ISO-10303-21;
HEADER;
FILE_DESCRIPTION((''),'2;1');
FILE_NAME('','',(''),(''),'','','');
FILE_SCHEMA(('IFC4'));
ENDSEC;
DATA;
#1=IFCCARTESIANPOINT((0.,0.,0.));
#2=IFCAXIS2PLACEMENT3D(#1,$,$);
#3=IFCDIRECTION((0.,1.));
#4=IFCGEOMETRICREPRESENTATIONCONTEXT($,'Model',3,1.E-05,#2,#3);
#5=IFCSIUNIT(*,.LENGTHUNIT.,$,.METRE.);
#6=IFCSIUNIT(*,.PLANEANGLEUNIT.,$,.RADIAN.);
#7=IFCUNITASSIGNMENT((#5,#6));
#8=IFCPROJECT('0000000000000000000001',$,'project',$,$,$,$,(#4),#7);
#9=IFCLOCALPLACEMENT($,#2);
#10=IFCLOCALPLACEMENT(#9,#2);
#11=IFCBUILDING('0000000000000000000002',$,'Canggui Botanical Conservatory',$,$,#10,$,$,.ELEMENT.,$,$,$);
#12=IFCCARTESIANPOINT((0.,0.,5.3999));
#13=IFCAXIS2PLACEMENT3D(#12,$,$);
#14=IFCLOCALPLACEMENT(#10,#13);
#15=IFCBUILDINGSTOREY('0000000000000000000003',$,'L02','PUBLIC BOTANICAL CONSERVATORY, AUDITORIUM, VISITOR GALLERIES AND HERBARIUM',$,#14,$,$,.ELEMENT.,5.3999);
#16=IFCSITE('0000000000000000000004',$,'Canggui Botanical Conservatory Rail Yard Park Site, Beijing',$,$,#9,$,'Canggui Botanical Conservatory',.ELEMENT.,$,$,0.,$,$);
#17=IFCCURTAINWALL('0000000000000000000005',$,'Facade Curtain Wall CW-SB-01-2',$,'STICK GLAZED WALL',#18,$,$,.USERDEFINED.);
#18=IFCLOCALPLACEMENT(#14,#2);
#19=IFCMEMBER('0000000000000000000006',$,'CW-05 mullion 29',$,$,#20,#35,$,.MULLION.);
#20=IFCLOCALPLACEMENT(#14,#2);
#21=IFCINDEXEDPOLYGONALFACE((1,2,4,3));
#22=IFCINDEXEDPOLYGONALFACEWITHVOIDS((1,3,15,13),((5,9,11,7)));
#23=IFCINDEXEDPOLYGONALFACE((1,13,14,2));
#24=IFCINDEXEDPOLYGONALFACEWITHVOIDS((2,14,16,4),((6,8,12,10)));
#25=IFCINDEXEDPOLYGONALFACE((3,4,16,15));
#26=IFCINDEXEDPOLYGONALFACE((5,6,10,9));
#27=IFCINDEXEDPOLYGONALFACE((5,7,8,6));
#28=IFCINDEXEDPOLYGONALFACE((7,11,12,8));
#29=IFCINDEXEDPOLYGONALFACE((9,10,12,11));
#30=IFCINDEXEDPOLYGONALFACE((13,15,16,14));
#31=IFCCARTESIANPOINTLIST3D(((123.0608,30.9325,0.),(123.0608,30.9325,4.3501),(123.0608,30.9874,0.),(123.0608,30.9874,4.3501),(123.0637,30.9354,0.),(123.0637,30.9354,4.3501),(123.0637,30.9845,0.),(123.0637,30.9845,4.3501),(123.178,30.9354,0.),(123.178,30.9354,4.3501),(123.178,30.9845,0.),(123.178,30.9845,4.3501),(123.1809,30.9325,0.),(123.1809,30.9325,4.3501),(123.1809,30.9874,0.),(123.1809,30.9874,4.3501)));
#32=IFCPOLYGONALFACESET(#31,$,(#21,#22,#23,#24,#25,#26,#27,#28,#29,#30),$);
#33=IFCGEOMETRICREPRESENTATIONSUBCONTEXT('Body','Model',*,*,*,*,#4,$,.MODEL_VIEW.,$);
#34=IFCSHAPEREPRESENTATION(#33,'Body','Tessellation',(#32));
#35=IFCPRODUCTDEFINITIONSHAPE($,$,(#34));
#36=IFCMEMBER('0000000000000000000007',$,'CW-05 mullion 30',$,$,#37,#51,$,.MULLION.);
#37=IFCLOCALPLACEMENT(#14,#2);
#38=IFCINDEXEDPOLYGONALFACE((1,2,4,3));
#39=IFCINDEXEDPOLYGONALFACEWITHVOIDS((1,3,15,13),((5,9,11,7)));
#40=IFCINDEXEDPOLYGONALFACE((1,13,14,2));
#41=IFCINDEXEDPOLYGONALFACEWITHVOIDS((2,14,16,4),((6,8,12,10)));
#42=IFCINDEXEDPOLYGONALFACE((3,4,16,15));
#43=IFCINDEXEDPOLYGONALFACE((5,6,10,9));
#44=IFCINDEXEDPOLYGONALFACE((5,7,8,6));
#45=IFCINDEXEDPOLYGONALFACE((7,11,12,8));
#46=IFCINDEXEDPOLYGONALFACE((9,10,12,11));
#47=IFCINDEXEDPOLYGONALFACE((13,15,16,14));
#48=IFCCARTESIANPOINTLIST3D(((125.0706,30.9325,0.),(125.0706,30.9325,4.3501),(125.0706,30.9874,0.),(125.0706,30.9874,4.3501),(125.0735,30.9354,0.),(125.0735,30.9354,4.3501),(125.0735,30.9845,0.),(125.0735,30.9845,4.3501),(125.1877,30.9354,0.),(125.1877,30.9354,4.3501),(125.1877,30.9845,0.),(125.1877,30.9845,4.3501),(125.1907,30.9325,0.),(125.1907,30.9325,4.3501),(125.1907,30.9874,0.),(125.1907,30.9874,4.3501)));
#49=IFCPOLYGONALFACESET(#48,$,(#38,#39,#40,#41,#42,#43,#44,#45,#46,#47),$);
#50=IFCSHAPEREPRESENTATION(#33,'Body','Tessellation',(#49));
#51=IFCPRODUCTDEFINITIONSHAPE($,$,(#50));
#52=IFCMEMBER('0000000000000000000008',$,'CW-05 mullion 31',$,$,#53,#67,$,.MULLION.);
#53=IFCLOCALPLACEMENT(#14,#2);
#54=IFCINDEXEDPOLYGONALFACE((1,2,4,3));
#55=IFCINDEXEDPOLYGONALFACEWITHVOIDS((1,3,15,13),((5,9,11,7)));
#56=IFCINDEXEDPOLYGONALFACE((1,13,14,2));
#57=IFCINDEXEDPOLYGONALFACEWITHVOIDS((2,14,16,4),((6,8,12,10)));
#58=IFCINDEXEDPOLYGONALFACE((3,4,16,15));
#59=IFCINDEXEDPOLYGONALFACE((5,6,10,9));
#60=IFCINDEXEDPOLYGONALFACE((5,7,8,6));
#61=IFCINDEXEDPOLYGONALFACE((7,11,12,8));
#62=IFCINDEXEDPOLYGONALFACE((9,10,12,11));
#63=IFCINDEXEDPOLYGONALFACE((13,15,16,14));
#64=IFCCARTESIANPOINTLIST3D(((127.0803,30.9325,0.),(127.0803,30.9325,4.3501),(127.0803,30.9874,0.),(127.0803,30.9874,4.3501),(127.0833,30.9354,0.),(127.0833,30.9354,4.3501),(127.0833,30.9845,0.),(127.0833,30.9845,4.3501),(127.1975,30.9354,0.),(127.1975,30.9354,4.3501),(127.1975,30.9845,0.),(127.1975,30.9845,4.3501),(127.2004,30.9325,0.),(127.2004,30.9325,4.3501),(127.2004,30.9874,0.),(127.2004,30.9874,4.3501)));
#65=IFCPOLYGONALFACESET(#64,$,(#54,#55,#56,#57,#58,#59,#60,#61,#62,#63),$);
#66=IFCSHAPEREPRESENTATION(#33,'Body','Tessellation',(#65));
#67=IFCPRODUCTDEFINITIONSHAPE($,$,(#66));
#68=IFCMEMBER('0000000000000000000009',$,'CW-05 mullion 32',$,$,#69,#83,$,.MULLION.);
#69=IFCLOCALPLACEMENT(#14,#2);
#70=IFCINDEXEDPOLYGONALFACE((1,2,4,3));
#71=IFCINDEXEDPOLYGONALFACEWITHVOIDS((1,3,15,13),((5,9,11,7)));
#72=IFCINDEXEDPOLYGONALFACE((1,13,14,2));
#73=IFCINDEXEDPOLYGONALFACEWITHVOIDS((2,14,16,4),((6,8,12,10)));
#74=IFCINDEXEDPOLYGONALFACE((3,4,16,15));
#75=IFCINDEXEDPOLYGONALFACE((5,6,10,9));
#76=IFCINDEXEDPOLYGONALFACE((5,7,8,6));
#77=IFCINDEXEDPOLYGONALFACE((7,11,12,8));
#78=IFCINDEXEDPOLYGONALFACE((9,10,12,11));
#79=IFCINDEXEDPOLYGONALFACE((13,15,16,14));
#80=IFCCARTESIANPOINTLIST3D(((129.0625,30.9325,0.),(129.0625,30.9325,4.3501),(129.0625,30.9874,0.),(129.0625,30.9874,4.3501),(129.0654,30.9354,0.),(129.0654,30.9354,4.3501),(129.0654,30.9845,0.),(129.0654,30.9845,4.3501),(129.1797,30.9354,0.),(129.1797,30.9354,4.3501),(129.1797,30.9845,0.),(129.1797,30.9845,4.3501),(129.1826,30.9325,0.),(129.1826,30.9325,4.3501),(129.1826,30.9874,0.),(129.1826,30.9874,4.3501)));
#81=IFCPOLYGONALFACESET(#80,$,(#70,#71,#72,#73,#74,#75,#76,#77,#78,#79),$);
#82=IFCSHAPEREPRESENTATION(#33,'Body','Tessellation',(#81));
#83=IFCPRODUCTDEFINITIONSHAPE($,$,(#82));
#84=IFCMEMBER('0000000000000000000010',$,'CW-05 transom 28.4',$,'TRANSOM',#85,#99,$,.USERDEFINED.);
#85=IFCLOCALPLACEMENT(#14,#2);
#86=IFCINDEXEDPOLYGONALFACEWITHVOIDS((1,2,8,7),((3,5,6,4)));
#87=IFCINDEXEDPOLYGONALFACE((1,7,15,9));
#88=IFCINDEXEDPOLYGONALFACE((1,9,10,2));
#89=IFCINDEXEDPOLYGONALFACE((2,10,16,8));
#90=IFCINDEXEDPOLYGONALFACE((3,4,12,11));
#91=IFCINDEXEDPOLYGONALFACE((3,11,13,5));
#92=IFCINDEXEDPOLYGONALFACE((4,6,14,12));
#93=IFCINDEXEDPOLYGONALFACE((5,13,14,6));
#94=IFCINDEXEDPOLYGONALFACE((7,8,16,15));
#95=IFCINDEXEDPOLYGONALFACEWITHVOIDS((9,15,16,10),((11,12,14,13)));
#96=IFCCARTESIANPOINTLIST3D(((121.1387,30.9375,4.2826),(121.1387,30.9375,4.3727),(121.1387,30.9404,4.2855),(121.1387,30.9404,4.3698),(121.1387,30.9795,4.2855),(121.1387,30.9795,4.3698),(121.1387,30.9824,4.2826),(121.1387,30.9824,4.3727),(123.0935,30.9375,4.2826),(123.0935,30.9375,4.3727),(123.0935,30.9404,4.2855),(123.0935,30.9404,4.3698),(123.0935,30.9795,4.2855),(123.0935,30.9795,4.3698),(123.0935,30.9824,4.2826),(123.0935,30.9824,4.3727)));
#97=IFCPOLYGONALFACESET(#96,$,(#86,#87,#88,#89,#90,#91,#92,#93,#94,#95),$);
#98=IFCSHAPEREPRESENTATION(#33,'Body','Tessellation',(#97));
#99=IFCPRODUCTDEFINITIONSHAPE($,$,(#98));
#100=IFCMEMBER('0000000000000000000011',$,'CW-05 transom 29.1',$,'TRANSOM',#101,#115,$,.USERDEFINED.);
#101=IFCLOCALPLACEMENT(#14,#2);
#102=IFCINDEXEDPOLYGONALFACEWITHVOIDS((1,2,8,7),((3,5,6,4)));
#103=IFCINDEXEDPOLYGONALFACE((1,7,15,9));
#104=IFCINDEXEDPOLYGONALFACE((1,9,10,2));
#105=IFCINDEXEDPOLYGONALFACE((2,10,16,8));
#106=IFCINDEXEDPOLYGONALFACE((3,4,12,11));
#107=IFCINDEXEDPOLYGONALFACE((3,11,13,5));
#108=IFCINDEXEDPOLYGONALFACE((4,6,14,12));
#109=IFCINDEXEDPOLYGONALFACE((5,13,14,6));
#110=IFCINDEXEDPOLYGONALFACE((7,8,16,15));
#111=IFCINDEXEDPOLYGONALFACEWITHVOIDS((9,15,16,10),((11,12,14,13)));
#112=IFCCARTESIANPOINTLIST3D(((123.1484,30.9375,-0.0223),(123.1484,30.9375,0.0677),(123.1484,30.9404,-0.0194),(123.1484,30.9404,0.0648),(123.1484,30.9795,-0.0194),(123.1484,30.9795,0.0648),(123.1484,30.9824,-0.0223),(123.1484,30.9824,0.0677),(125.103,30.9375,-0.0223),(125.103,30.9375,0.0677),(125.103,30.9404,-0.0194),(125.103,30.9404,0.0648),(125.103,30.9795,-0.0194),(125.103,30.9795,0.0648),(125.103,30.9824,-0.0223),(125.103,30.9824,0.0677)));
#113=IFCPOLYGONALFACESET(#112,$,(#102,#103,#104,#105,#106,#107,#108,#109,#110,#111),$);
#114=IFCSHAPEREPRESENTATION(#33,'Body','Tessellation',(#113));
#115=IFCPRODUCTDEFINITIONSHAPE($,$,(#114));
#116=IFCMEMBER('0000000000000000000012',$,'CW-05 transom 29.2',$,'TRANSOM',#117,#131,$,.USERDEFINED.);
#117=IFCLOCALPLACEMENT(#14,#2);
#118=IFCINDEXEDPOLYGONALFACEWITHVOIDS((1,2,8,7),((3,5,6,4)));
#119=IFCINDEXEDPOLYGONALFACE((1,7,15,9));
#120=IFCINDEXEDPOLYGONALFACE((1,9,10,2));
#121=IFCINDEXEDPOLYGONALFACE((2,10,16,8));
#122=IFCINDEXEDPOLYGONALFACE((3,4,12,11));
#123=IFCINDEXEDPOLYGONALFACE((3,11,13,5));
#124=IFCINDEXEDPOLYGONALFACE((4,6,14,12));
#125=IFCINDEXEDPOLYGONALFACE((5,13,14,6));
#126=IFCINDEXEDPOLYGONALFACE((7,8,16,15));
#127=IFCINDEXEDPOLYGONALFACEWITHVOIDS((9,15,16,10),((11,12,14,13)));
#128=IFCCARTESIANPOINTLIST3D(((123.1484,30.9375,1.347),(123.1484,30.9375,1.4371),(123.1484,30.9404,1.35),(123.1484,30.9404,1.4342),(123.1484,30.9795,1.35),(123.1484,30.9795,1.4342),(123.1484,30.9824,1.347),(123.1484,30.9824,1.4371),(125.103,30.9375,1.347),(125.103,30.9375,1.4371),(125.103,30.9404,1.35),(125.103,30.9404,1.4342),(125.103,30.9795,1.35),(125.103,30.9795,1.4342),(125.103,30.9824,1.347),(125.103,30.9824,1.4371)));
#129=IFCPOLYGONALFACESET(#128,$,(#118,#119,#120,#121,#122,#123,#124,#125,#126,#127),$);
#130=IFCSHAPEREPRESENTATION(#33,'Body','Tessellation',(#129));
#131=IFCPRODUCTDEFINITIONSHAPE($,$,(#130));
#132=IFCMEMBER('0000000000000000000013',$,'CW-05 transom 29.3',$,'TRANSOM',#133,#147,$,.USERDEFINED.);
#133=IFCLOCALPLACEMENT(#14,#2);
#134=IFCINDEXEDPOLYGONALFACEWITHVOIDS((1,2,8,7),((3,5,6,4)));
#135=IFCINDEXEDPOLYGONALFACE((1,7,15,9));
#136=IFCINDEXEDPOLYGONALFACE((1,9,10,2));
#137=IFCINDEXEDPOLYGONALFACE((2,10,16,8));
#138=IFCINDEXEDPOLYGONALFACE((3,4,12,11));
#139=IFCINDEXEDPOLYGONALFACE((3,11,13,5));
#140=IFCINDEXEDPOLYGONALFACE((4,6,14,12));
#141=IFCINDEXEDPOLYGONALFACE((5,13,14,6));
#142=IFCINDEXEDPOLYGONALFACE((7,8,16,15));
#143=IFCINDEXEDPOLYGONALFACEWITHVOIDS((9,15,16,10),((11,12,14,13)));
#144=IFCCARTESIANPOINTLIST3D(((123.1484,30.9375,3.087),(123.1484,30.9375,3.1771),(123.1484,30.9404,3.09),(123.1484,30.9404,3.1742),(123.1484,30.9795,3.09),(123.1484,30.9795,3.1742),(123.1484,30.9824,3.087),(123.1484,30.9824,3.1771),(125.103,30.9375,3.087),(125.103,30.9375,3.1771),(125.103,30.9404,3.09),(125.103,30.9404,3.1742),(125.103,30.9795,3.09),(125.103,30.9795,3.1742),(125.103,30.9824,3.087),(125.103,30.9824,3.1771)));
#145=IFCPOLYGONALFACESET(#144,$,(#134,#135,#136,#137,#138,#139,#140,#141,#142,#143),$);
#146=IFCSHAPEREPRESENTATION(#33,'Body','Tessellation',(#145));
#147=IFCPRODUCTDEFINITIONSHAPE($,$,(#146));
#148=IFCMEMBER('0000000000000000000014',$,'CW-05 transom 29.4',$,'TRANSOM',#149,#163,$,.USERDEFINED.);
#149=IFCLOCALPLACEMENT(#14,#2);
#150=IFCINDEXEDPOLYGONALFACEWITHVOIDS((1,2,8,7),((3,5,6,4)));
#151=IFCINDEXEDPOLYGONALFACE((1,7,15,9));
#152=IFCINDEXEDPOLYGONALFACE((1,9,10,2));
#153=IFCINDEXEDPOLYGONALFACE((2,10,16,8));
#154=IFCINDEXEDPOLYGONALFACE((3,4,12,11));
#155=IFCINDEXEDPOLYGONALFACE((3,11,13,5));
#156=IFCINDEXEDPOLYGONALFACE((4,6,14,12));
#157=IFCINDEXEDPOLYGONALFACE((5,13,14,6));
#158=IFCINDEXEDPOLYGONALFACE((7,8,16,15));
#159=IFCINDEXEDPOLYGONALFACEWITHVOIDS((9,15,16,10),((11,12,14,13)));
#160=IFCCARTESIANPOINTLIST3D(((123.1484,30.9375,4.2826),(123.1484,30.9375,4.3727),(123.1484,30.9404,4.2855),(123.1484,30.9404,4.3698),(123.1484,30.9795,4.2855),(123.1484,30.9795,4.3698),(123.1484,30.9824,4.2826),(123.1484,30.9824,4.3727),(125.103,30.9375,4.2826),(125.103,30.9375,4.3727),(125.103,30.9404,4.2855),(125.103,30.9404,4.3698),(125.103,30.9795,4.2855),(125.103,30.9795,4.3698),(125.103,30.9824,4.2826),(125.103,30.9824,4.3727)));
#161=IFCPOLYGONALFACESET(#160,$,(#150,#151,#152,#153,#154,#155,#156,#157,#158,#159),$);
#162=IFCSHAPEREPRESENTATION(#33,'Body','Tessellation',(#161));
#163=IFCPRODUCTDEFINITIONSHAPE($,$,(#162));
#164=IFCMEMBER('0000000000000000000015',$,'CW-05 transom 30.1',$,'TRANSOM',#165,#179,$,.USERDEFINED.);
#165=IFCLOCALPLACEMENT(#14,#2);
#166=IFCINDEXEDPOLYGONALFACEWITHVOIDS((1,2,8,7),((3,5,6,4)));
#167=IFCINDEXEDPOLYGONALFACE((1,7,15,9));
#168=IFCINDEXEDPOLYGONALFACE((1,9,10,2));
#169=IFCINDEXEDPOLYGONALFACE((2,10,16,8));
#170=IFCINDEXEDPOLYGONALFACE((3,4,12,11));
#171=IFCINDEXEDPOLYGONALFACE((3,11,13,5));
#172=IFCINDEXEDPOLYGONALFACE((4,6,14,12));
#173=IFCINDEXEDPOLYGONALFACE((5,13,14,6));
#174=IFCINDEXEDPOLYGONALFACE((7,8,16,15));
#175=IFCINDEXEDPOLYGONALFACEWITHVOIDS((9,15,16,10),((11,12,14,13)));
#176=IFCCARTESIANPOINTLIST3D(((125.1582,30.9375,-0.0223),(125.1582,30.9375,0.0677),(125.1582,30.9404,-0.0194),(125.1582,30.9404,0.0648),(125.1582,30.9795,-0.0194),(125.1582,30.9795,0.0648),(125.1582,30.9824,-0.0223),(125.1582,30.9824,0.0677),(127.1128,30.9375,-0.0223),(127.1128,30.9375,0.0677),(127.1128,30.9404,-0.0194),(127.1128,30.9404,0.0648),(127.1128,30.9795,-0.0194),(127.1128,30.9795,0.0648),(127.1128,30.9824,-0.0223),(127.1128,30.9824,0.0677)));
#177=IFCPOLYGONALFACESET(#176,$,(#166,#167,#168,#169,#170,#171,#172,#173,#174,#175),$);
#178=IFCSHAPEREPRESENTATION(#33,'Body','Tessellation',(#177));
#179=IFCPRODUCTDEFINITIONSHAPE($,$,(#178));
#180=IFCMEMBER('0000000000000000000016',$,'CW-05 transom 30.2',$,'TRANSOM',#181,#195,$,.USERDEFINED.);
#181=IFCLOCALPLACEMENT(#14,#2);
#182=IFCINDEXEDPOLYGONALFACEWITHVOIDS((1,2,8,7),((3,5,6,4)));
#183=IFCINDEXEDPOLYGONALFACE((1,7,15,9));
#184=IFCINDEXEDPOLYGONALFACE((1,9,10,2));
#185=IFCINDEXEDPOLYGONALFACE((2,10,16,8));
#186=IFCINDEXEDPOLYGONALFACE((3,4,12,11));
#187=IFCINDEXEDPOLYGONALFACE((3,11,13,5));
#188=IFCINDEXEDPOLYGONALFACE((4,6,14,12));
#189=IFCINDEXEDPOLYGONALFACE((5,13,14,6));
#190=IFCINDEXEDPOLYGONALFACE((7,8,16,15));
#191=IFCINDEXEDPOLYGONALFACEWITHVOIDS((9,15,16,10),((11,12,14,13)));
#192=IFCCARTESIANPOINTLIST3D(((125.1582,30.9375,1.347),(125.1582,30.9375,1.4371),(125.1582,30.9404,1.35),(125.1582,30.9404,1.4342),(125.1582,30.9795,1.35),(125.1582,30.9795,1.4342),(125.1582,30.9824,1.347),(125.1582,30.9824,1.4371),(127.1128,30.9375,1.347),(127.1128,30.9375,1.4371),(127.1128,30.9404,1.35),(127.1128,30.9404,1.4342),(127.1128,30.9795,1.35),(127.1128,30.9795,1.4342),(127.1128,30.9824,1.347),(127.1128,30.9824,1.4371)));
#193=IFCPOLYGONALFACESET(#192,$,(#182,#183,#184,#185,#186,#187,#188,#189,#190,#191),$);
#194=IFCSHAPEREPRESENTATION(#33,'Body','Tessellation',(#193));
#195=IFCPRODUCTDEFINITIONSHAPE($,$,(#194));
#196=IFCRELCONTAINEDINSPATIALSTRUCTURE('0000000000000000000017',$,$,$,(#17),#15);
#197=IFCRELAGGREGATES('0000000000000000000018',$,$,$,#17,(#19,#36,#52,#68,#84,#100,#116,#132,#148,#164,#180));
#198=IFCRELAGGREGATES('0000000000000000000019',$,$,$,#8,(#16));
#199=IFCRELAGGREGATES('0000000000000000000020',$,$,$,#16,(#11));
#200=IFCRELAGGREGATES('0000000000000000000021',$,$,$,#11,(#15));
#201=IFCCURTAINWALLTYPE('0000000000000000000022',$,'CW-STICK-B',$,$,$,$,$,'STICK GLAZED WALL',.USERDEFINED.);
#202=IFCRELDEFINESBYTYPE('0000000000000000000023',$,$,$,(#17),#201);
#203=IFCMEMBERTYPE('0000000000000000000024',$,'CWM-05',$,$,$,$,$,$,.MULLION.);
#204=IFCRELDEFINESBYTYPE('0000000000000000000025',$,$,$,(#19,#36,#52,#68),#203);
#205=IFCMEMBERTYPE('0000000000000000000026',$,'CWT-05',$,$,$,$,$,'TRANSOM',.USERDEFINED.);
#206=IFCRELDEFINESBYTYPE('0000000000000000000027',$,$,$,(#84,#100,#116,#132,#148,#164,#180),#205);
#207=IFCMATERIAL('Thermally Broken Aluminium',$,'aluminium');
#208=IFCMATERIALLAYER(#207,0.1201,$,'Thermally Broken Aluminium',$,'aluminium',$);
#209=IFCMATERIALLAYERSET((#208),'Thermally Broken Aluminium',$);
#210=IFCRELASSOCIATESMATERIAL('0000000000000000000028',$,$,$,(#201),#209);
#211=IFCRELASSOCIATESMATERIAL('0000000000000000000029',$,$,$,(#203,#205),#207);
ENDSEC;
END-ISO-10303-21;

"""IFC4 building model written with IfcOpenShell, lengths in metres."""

from ifc_helpers import new_model, si_unit, direction, frame, origin, origin_2d, place, context, subcontext, project, spatial, hollow_rectangle, extrude, material, layer, layer_set, material_profile, profile_set, type_object, element, aggregate, save


model = new_model("IFC4")

# Units and contexts
model_context = context("Model", 3, precision=1e-05, world=origin(), true_north=direction((0.0, 1.0)))
body_context = subcontext(model_context, "Body", "Model", "MODEL_VIEW")
ifc_project = project(units=[si_unit("LENGTHUNIT", "METRE"), si_unit("PLANEANGLEUNIT", "RADIAN")], contexts=[model_context])

# Site, building, storey
site_placement = place(None, origin())
site = spatial("IfcSite", under=ifc_project, at=site_placement, Name="Canggui Botanical Conservatory Rail Yard Park Site, Beijing", LongName="Canggui Botanical Conservatory", CompositionType="ELEMENT", RefElevation=0.0)
building_placement = place(site_placement, origin())
building = spatial("IfcBuilding", under=site, at=building_placement, Name="Canggui Botanical Conservatory", CompositionType="ELEMENT")
storey_placement = place(building_placement, frame((0.0, 0.0, 5.3999)))
storey = spatial("IfcBuildingStorey", under=building, at=storey_placement, Name="L02", Description="PUBLIC BOTANICAL CONSERVATORY, AUDITORIUM, VISITOR GALLERIES AND HERBARIUM", CompositionType="ELEMENT", Elevation=5.3999)

# Curtain wall, members
ifc_material_1 = material(Name="Thermally Broken Aluminium", Category="aluminium")
ifc_layer_1 = layer(ifc_material_1, 0.1201, Name="Thermally Broken Aluminium", Category="aluminium")
ifc_layer_set_1 = layer_set([ifc_layer_1], Name="Thermally Broken Aluminium")
curtain_wall_type = type_object("IfcCurtainWallType", Name="CW-STICK-B", ElementType="STICK GLAZED WALL", PredefinedType="USERDEFINED", material=ifc_layer_set_1)
curtain_wall_placement = place(storey_placement, origin())
curtain_wall = element("IfcCurtainWall", 1, at=curtain_wall_placement, inside=storey, type_object=curtain_wall_type, Name="Facade Curtain Wall CW-SB-01-2", ObjectType="STICK GLAZED WALL", PredefinedType="USERDEFINED")
ifc_material_profile_1 = material_profile(ifc_material_1, hollow_rectangle(XDim=0.0549, YDim=0.1201, WallThickness=0.0029, at=origin_2d()), Name="CWM 55x120x3")
ifc_profile_set_1 = profile_set([ifc_material_profile_1], Name="Thermally Broken Aluminium")
member_type_1 = type_object("IfcMemberType", Name="CWM-05", PredefinedType="MULLION", material=ifc_profile_set_1)
member_1_placement = place(storey_placement, frame((123.1208, 30.96, 0.0), z_axis=(0.0, 0.0, 1.0), x_axis=(0.0, 1.0, 0.0)))
member_1 = element("IfcMember", 2, at=member_1_placement, type_object=member_type_1, Name="CW-05 mullion 29", PredefinedType="MULLION", context=body_context, shape_type="SweptSolid", body=[
    extrude(hollow_rectangle(XDim=0.0549, YDim=0.1201, WallThickness=0.0029, at=origin_2d()), origin(), (0.0, 0.0, 1.0), 4.3501),
])
member_2_placement = place(storey_placement, frame((125.1306, 30.96, 0.0), z_axis=(0.0, 0.0, 1.0), x_axis=(0.0, 1.0, 0.0)))
member_2 = element("IfcMember", 3, at=member_2_placement, type_object=member_type_1, Name="CW-05 mullion 30", PredefinedType="MULLION", context=body_context, shape_type="SweptSolid", body=[
    extrude(hollow_rectangle(XDim=0.0549, YDim=0.1201, WallThickness=0.0029, at=origin_2d()), origin(), (0.0, 0.0, 1.0), 4.3501),
])
member_3_placement = place(storey_placement, frame((127.1404, 30.96, 0.0), z_axis=(0.0, 0.0, 1.0), x_axis=(0.0, 1.0, 0.0)))
member_3 = element("IfcMember", 4, at=member_3_placement, type_object=member_type_1, Name="CW-05 mullion 31", PredefinedType="MULLION", context=body_context, shape_type="SweptSolid", body=[
    extrude(hollow_rectangle(XDim=0.0549, YDim=0.1201, WallThickness=0.0029, at=origin_2d()), origin(), (0.0, 0.0, 1.0), 4.3501),
])
member_4_placement = place(storey_placement, frame((129.1226, 30.96, 0.0), z_axis=(0.0, 0.0, 1.0), x_axis=(0.0, 1.0, 0.0)))
member_4 = element("IfcMember", 5, at=member_4_placement, type_object=member_type_1, Name="CW-05 mullion 32", PredefinedType="MULLION", context=body_context, shape_type="SweptSolid", body=[
    extrude(hollow_rectangle(XDim=0.0549, YDim=0.1201, WallThickness=0.0029, at=origin_2d()), origin(), (0.0, 0.0, 1.0), 4.3501),
])
ifc_material_profile_2 = material_profile(ifc_material_1, hollow_rectangle(XDim=0.0449, YDim=0.0901, WallThickness=0.0029, at=origin_2d()), Name="CWT 45x90x3")
ifc_profile_set_2 = profile_set([ifc_material_profile_2], Name="Thermally Broken Aluminium")
member_type_2 = type_object("IfcMemberType", Name="CWT-05", ElementType="TRANSOM", PredefinedType="USERDEFINED", material=ifc_profile_set_2)
member_5_placement = place(storey_placement, frame((121.1387, 30.96, 4.3276), z_axis=(1.0, 0.0, 0.0), x_axis=(0.0, 1.0, 0.0)))
member_5 = element("IfcMember", 6, at=member_5_placement, type_object=member_type_2, Name="CW-05 transom 28.4", ObjectType="TRANSOM", PredefinedType="USERDEFINED", context=body_context, shape_type="SweptSolid", body=[
    extrude(hollow_rectangle(XDim=0.0449, YDim=0.0901, WallThickness=0.0029, at=origin_2d()), origin(), (0.0, 0.0, 1.0), 1.9548),
])
member_6_placement = place(storey_placement, frame((123.1484, 30.96, 0.0227), z_axis=(1.0, 0.0, 0.0), x_axis=(0.0, 1.0, 0.0)))
member_6 = element("IfcMember", 7, at=member_6_placement, type_object=member_type_2, Name="CW-05 transom 29.1", ObjectType="TRANSOM", PredefinedType="USERDEFINED", context=body_context, shape_type="SweptSolid", body=[
    extrude(hollow_rectangle(XDim=0.0449, YDim=0.0901, WallThickness=0.0029, at=origin_2d()), origin(), (0.0, 0.0, 1.0), 1.9546),
])
member_7_placement = place(storey_placement, frame((123.1484, 30.96, 1.3921), z_axis=(1.0, 0.0, 0.0), x_axis=(0.0, 1.0, 0.0)))
member_7 = element("IfcMember", 8, at=member_7_placement, type_object=member_type_2, Name="CW-05 transom 29.2", ObjectType="TRANSOM", PredefinedType="USERDEFINED", context=body_context, shape_type="SweptSolid", body=[
    extrude(hollow_rectangle(XDim=0.0449, YDim=0.0901, WallThickness=0.0029, at=origin_2d()), origin(), (0.0, 0.0, 1.0), 1.9546),
])
member_8_placement = place(storey_placement, frame((123.1484, 30.96, 3.1321), z_axis=(1.0, 0.0, 0.0), x_axis=(0.0, 1.0, 0.0)))
member_8 = element("IfcMember", 9, at=member_8_placement, type_object=member_type_2, Name="CW-05 transom 29.3", ObjectType="TRANSOM", PredefinedType="USERDEFINED", context=body_context, shape_type="SweptSolid", body=[
    extrude(hollow_rectangle(XDim=0.0449, YDim=0.0901, WallThickness=0.0029, at=origin_2d()), origin(), (0.0, 0.0, 1.0), 1.9546),
])
member_9_placement = place(storey_placement, frame((123.1484, 30.96, 4.3276), z_axis=(1.0, 0.0, 0.0), x_axis=(0.0, 1.0, 0.0)))
member_9 = element("IfcMember", 10, at=member_9_placement, type_object=member_type_2, Name="CW-05 transom 29.4", ObjectType="TRANSOM", PredefinedType="USERDEFINED", context=body_context, shape_type="SweptSolid", body=[
    extrude(hollow_rectangle(XDim=0.0449, YDim=0.0901, WallThickness=0.0029, at=origin_2d()), origin(), (0.0, 0.0, 1.0), 1.9546),
])
member_10_placement = place(storey_placement, frame((125.1582, 30.96, 0.0227), z_axis=(1.0, 0.0, 0.0), x_axis=(0.0, 1.0, 0.0)))
member_10 = element("IfcMember", 11, at=member_10_placement, type_object=member_type_2, Name="CW-05 transom 30.1", ObjectType="TRANSOM", PredefinedType="USERDEFINED", context=body_context, shape_type="SweptSolid", body=[
    extrude(hollow_rectangle(XDim=0.0449, YDim=0.0901, WallThickness=0.0029, at=origin_2d()), origin(), (0.0, 0.0, 1.0), 1.9546),
])
member_11_placement = place(storey_placement, frame((125.1582, 30.96, 1.3921), z_axis=(1.0, 0.0, 0.0), x_axis=(0.0, 1.0, 0.0)))
member_11 = element("IfcMember", 12, at=member_11_placement, type_object=member_type_2, Name="CW-05 transom 30.2", ObjectType="TRANSOM", PredefinedType="USERDEFINED", context=body_context, shape_type="SweptSolid", body=[
    extrude(hollow_rectangle(XDim=0.0449, YDim=0.0901, WallThickness=0.0029, at=origin_2d()), origin(), (0.0, 0.0, 1.0), 1.9546),
])

aggregate(curtain_wall, [member_1, member_2, member_3, member_4, member_5, member_6, member_7, member_8, member_9, member_10, member_11])

save(model, "model.ifc")
